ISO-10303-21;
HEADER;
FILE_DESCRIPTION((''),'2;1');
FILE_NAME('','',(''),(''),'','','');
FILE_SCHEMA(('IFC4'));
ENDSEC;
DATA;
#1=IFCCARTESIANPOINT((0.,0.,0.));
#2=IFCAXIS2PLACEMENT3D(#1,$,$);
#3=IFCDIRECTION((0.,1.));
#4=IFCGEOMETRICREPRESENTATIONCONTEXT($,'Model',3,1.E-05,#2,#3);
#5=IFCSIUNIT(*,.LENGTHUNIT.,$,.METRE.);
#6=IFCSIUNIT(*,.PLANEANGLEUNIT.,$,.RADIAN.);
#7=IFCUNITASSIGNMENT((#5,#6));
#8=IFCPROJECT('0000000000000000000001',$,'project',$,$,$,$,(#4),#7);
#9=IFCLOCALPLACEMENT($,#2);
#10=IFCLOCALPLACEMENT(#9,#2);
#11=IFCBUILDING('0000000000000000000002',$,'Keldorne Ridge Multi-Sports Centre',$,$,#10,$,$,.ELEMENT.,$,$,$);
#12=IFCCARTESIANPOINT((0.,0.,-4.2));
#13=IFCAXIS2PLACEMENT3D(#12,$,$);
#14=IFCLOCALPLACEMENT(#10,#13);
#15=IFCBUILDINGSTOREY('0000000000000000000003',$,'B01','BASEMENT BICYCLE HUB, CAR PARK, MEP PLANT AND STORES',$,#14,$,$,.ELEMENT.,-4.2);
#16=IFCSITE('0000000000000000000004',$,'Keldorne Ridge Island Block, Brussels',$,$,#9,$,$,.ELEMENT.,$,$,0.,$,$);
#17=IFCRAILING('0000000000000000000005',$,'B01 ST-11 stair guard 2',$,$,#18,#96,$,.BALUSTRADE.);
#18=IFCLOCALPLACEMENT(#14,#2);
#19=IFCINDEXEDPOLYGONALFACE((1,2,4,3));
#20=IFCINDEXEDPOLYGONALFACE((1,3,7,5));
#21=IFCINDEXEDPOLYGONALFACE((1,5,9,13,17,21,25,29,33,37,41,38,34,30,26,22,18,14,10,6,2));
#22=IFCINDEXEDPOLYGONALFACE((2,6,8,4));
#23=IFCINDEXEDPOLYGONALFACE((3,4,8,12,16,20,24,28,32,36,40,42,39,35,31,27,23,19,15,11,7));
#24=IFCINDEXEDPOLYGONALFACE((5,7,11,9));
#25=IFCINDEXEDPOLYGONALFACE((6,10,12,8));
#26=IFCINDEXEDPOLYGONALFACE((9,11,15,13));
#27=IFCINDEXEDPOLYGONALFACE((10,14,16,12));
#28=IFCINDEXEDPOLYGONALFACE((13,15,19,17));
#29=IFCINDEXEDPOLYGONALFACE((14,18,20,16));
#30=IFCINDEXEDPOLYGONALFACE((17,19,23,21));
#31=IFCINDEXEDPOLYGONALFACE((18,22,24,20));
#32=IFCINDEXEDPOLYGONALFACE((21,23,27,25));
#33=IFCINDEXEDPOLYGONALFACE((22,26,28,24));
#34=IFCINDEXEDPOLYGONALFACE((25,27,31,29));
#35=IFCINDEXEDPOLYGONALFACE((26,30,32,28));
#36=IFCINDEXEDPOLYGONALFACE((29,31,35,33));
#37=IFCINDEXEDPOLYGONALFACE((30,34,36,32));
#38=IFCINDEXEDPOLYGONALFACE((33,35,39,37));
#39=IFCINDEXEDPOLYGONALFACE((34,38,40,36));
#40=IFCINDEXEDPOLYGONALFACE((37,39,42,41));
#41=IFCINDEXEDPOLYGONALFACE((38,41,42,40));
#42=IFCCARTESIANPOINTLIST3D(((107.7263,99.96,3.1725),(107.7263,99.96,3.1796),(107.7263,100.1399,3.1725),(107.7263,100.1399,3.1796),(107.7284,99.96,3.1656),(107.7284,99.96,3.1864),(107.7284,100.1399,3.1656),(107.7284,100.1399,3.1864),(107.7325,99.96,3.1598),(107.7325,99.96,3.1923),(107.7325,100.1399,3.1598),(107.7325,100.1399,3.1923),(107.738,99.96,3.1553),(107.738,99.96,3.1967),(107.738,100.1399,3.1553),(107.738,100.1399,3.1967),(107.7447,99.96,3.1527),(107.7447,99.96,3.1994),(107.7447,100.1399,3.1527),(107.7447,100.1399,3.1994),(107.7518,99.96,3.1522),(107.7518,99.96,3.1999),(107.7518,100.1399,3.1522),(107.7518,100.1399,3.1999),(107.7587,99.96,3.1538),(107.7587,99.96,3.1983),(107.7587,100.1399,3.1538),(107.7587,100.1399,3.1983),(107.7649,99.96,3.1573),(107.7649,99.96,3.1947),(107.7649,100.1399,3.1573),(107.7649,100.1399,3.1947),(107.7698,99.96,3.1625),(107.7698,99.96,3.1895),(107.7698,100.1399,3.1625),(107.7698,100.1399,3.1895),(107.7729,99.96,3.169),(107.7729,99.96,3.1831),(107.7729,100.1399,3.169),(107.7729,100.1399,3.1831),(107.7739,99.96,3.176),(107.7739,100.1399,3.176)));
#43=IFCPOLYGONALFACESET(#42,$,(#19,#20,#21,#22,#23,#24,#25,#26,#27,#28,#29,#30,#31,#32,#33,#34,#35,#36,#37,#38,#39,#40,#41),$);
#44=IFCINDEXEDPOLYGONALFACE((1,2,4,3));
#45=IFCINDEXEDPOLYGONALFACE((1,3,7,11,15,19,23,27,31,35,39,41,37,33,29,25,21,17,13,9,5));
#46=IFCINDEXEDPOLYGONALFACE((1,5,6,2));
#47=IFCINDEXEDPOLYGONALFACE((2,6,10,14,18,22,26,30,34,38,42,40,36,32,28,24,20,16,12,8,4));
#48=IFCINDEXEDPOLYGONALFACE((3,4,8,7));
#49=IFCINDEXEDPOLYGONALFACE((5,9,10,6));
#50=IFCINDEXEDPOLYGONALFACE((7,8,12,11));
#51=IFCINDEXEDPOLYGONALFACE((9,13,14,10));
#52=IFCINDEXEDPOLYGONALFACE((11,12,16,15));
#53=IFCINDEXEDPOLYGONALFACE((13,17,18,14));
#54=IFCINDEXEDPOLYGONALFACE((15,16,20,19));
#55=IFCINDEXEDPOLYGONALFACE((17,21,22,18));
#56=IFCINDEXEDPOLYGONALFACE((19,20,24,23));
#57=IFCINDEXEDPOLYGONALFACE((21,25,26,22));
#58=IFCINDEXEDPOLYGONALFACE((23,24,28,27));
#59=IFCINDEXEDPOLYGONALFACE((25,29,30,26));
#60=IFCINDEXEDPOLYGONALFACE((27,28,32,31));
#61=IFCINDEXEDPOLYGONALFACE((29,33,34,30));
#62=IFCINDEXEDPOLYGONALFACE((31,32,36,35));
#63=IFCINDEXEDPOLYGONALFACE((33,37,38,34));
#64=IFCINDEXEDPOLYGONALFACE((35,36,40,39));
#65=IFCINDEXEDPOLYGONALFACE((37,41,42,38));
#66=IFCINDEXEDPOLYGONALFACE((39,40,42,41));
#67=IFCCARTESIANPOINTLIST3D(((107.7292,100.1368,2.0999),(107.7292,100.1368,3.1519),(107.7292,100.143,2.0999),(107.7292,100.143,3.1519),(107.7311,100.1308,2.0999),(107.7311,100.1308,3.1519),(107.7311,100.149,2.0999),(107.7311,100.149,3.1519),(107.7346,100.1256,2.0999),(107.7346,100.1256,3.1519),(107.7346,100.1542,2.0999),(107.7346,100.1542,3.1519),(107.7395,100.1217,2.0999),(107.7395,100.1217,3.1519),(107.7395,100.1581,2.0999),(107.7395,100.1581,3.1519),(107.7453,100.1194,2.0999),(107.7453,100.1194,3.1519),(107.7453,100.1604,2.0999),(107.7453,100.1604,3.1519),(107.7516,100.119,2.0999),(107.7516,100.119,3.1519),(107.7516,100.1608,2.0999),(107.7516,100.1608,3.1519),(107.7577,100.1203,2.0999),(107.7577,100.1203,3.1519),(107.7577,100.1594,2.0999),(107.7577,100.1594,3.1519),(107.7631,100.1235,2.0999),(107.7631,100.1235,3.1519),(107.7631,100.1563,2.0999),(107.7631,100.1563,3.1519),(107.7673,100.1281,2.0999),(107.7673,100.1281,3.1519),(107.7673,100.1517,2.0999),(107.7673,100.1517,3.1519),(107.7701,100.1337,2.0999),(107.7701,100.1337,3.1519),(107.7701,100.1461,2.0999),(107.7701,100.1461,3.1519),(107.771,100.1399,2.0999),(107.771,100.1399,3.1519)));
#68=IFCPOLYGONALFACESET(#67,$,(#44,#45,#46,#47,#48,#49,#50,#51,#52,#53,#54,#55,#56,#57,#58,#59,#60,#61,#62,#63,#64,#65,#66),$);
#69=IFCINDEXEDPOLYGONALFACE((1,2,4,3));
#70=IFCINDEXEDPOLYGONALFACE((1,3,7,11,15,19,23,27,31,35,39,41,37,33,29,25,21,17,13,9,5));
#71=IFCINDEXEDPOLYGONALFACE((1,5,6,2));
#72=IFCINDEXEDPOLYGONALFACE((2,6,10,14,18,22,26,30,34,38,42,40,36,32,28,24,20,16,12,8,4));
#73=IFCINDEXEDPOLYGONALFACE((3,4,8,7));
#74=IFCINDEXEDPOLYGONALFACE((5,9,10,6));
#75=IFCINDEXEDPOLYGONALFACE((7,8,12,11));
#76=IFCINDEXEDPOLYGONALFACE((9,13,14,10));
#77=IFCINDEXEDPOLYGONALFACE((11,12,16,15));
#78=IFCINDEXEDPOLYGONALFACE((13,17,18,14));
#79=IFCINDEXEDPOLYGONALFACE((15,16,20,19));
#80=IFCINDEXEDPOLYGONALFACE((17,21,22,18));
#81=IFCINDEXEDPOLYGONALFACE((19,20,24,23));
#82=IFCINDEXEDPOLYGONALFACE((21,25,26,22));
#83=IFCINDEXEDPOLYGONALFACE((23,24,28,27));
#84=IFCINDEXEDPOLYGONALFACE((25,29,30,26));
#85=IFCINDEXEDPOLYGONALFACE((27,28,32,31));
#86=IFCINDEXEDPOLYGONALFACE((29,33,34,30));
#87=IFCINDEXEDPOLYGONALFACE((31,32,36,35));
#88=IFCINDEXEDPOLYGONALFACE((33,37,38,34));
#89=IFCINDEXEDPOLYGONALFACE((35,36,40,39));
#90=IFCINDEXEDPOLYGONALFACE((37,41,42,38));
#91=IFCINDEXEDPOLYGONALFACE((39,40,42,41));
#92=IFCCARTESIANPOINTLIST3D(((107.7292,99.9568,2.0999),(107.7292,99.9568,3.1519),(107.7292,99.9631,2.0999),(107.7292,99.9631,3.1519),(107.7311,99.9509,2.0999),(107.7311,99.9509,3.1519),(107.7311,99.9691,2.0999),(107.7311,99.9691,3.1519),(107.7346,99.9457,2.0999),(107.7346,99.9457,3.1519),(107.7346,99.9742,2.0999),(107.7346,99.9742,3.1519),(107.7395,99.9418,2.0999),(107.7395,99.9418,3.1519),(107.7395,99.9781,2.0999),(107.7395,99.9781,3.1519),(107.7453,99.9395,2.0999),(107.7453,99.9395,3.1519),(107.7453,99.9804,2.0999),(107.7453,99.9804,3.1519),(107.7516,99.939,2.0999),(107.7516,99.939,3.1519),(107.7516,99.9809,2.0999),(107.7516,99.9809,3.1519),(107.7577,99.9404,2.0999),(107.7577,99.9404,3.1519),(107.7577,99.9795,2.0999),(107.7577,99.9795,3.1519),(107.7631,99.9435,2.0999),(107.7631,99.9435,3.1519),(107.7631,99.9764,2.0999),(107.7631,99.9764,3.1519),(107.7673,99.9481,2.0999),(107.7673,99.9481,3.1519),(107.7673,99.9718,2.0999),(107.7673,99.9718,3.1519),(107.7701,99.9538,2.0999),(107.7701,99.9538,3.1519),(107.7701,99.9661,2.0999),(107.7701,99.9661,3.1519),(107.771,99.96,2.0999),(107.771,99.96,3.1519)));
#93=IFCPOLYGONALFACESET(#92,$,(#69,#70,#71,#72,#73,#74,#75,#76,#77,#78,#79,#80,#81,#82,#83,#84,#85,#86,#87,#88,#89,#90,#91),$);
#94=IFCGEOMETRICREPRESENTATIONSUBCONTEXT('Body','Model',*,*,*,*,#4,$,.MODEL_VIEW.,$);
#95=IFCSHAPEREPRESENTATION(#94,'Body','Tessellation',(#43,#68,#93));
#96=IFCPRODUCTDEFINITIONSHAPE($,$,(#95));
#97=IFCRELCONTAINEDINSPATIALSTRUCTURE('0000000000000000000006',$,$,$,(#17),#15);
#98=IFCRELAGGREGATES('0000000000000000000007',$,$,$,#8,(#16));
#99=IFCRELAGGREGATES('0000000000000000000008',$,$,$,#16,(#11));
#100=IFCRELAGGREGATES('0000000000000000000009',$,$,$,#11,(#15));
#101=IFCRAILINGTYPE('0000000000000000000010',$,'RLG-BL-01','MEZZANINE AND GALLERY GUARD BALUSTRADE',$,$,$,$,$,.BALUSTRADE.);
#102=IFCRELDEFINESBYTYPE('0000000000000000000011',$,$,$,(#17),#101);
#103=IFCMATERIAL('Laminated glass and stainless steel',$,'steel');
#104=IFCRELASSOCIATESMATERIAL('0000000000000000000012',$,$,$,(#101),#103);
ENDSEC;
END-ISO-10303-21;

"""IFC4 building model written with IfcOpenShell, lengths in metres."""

from ifc_helpers import new_model, si_unit, direction, frame, origin, origin_2d, place, context, subcontext, project, spatial, circle, extrude, material, type_object, element, save


model = new_model("IFC4")

# Units and contexts
model_context = context("Model", 3, precision=1e-05, world=origin(), true_north=direction((0.0, 1.0)))
body_context = subcontext(model_context, "Body", "Model", "MODEL_VIEW")
ifc_project = project(units=[si_unit("LENGTHUNIT", "METRE"), si_unit("PLANEANGLEUNIT", "RADIAN")], contexts=[model_context])

# Site, building, storey
site_placement = place(None, origin())
site = spatial("IfcSite", under=ifc_project, at=site_placement, Name="Keldorne Ridge Island Block, Brussels", CompositionType="ELEMENT", RefElevation=0.0)
building_placement = place(site_placement, origin())
building = spatial("IfcBuilding", under=site, at=building_placement, Name="Keldorne Ridge Multi-Sports Centre", CompositionType="ELEMENT")
storey_placement = place(building_placement, frame((0.0, 0.0, -4.2)))
storey = spatial("IfcBuildingStorey", under=building, at=storey_placement, Name="B01", Description="BASEMENT BICYCLE HUB, CAR PARK, MEP PLANT AND STORES", CompositionType="ELEMENT", Elevation=-4.2)

# Railing
ifc_material_1 = material(Name="Laminated glass and stainless steel", Category="steel")
railing_type_1 = type_object("IfcRailingType", Name="RLG-BL-01", Description="MEZZANINE AND GALLERY GUARD BALUSTRADE", PredefinedType="BALUSTRADE", material=ifc_material_1)
railing_1_placement = place(storey_placement, frame((107.75, 100.1399, 2.0999)))
element("IfcRailing", 1, at=railing_1_placement, inside=storey, type_object=railing_type_1, Name="B01 ST-11 stair guard 2", PredefinedType="BALUSTRADE", context=body_context, shape_type="SweptSolid", body=[
    extrude(circle(Radius=0.0239, at=origin_2d()), frame((0.0, 0.0, 1.0762), z_axis=(0.0, -1.0, 0.0), x_axis=(1.0, 0.0, 0.0)), (0.0, 0.0, 1.0), 0.1799),
    extrude(circle(Radius=0.021, at=origin_2d()), origin(), (0.0, 0.0, 1.0), 1.052),
    extrude(circle(Radius=0.021, at=origin_2d()), frame((0.0, -0.1799, 0.0)), (0.0, 0.0, 1.0), 1.052),
])

save(model, "model.ifc")
